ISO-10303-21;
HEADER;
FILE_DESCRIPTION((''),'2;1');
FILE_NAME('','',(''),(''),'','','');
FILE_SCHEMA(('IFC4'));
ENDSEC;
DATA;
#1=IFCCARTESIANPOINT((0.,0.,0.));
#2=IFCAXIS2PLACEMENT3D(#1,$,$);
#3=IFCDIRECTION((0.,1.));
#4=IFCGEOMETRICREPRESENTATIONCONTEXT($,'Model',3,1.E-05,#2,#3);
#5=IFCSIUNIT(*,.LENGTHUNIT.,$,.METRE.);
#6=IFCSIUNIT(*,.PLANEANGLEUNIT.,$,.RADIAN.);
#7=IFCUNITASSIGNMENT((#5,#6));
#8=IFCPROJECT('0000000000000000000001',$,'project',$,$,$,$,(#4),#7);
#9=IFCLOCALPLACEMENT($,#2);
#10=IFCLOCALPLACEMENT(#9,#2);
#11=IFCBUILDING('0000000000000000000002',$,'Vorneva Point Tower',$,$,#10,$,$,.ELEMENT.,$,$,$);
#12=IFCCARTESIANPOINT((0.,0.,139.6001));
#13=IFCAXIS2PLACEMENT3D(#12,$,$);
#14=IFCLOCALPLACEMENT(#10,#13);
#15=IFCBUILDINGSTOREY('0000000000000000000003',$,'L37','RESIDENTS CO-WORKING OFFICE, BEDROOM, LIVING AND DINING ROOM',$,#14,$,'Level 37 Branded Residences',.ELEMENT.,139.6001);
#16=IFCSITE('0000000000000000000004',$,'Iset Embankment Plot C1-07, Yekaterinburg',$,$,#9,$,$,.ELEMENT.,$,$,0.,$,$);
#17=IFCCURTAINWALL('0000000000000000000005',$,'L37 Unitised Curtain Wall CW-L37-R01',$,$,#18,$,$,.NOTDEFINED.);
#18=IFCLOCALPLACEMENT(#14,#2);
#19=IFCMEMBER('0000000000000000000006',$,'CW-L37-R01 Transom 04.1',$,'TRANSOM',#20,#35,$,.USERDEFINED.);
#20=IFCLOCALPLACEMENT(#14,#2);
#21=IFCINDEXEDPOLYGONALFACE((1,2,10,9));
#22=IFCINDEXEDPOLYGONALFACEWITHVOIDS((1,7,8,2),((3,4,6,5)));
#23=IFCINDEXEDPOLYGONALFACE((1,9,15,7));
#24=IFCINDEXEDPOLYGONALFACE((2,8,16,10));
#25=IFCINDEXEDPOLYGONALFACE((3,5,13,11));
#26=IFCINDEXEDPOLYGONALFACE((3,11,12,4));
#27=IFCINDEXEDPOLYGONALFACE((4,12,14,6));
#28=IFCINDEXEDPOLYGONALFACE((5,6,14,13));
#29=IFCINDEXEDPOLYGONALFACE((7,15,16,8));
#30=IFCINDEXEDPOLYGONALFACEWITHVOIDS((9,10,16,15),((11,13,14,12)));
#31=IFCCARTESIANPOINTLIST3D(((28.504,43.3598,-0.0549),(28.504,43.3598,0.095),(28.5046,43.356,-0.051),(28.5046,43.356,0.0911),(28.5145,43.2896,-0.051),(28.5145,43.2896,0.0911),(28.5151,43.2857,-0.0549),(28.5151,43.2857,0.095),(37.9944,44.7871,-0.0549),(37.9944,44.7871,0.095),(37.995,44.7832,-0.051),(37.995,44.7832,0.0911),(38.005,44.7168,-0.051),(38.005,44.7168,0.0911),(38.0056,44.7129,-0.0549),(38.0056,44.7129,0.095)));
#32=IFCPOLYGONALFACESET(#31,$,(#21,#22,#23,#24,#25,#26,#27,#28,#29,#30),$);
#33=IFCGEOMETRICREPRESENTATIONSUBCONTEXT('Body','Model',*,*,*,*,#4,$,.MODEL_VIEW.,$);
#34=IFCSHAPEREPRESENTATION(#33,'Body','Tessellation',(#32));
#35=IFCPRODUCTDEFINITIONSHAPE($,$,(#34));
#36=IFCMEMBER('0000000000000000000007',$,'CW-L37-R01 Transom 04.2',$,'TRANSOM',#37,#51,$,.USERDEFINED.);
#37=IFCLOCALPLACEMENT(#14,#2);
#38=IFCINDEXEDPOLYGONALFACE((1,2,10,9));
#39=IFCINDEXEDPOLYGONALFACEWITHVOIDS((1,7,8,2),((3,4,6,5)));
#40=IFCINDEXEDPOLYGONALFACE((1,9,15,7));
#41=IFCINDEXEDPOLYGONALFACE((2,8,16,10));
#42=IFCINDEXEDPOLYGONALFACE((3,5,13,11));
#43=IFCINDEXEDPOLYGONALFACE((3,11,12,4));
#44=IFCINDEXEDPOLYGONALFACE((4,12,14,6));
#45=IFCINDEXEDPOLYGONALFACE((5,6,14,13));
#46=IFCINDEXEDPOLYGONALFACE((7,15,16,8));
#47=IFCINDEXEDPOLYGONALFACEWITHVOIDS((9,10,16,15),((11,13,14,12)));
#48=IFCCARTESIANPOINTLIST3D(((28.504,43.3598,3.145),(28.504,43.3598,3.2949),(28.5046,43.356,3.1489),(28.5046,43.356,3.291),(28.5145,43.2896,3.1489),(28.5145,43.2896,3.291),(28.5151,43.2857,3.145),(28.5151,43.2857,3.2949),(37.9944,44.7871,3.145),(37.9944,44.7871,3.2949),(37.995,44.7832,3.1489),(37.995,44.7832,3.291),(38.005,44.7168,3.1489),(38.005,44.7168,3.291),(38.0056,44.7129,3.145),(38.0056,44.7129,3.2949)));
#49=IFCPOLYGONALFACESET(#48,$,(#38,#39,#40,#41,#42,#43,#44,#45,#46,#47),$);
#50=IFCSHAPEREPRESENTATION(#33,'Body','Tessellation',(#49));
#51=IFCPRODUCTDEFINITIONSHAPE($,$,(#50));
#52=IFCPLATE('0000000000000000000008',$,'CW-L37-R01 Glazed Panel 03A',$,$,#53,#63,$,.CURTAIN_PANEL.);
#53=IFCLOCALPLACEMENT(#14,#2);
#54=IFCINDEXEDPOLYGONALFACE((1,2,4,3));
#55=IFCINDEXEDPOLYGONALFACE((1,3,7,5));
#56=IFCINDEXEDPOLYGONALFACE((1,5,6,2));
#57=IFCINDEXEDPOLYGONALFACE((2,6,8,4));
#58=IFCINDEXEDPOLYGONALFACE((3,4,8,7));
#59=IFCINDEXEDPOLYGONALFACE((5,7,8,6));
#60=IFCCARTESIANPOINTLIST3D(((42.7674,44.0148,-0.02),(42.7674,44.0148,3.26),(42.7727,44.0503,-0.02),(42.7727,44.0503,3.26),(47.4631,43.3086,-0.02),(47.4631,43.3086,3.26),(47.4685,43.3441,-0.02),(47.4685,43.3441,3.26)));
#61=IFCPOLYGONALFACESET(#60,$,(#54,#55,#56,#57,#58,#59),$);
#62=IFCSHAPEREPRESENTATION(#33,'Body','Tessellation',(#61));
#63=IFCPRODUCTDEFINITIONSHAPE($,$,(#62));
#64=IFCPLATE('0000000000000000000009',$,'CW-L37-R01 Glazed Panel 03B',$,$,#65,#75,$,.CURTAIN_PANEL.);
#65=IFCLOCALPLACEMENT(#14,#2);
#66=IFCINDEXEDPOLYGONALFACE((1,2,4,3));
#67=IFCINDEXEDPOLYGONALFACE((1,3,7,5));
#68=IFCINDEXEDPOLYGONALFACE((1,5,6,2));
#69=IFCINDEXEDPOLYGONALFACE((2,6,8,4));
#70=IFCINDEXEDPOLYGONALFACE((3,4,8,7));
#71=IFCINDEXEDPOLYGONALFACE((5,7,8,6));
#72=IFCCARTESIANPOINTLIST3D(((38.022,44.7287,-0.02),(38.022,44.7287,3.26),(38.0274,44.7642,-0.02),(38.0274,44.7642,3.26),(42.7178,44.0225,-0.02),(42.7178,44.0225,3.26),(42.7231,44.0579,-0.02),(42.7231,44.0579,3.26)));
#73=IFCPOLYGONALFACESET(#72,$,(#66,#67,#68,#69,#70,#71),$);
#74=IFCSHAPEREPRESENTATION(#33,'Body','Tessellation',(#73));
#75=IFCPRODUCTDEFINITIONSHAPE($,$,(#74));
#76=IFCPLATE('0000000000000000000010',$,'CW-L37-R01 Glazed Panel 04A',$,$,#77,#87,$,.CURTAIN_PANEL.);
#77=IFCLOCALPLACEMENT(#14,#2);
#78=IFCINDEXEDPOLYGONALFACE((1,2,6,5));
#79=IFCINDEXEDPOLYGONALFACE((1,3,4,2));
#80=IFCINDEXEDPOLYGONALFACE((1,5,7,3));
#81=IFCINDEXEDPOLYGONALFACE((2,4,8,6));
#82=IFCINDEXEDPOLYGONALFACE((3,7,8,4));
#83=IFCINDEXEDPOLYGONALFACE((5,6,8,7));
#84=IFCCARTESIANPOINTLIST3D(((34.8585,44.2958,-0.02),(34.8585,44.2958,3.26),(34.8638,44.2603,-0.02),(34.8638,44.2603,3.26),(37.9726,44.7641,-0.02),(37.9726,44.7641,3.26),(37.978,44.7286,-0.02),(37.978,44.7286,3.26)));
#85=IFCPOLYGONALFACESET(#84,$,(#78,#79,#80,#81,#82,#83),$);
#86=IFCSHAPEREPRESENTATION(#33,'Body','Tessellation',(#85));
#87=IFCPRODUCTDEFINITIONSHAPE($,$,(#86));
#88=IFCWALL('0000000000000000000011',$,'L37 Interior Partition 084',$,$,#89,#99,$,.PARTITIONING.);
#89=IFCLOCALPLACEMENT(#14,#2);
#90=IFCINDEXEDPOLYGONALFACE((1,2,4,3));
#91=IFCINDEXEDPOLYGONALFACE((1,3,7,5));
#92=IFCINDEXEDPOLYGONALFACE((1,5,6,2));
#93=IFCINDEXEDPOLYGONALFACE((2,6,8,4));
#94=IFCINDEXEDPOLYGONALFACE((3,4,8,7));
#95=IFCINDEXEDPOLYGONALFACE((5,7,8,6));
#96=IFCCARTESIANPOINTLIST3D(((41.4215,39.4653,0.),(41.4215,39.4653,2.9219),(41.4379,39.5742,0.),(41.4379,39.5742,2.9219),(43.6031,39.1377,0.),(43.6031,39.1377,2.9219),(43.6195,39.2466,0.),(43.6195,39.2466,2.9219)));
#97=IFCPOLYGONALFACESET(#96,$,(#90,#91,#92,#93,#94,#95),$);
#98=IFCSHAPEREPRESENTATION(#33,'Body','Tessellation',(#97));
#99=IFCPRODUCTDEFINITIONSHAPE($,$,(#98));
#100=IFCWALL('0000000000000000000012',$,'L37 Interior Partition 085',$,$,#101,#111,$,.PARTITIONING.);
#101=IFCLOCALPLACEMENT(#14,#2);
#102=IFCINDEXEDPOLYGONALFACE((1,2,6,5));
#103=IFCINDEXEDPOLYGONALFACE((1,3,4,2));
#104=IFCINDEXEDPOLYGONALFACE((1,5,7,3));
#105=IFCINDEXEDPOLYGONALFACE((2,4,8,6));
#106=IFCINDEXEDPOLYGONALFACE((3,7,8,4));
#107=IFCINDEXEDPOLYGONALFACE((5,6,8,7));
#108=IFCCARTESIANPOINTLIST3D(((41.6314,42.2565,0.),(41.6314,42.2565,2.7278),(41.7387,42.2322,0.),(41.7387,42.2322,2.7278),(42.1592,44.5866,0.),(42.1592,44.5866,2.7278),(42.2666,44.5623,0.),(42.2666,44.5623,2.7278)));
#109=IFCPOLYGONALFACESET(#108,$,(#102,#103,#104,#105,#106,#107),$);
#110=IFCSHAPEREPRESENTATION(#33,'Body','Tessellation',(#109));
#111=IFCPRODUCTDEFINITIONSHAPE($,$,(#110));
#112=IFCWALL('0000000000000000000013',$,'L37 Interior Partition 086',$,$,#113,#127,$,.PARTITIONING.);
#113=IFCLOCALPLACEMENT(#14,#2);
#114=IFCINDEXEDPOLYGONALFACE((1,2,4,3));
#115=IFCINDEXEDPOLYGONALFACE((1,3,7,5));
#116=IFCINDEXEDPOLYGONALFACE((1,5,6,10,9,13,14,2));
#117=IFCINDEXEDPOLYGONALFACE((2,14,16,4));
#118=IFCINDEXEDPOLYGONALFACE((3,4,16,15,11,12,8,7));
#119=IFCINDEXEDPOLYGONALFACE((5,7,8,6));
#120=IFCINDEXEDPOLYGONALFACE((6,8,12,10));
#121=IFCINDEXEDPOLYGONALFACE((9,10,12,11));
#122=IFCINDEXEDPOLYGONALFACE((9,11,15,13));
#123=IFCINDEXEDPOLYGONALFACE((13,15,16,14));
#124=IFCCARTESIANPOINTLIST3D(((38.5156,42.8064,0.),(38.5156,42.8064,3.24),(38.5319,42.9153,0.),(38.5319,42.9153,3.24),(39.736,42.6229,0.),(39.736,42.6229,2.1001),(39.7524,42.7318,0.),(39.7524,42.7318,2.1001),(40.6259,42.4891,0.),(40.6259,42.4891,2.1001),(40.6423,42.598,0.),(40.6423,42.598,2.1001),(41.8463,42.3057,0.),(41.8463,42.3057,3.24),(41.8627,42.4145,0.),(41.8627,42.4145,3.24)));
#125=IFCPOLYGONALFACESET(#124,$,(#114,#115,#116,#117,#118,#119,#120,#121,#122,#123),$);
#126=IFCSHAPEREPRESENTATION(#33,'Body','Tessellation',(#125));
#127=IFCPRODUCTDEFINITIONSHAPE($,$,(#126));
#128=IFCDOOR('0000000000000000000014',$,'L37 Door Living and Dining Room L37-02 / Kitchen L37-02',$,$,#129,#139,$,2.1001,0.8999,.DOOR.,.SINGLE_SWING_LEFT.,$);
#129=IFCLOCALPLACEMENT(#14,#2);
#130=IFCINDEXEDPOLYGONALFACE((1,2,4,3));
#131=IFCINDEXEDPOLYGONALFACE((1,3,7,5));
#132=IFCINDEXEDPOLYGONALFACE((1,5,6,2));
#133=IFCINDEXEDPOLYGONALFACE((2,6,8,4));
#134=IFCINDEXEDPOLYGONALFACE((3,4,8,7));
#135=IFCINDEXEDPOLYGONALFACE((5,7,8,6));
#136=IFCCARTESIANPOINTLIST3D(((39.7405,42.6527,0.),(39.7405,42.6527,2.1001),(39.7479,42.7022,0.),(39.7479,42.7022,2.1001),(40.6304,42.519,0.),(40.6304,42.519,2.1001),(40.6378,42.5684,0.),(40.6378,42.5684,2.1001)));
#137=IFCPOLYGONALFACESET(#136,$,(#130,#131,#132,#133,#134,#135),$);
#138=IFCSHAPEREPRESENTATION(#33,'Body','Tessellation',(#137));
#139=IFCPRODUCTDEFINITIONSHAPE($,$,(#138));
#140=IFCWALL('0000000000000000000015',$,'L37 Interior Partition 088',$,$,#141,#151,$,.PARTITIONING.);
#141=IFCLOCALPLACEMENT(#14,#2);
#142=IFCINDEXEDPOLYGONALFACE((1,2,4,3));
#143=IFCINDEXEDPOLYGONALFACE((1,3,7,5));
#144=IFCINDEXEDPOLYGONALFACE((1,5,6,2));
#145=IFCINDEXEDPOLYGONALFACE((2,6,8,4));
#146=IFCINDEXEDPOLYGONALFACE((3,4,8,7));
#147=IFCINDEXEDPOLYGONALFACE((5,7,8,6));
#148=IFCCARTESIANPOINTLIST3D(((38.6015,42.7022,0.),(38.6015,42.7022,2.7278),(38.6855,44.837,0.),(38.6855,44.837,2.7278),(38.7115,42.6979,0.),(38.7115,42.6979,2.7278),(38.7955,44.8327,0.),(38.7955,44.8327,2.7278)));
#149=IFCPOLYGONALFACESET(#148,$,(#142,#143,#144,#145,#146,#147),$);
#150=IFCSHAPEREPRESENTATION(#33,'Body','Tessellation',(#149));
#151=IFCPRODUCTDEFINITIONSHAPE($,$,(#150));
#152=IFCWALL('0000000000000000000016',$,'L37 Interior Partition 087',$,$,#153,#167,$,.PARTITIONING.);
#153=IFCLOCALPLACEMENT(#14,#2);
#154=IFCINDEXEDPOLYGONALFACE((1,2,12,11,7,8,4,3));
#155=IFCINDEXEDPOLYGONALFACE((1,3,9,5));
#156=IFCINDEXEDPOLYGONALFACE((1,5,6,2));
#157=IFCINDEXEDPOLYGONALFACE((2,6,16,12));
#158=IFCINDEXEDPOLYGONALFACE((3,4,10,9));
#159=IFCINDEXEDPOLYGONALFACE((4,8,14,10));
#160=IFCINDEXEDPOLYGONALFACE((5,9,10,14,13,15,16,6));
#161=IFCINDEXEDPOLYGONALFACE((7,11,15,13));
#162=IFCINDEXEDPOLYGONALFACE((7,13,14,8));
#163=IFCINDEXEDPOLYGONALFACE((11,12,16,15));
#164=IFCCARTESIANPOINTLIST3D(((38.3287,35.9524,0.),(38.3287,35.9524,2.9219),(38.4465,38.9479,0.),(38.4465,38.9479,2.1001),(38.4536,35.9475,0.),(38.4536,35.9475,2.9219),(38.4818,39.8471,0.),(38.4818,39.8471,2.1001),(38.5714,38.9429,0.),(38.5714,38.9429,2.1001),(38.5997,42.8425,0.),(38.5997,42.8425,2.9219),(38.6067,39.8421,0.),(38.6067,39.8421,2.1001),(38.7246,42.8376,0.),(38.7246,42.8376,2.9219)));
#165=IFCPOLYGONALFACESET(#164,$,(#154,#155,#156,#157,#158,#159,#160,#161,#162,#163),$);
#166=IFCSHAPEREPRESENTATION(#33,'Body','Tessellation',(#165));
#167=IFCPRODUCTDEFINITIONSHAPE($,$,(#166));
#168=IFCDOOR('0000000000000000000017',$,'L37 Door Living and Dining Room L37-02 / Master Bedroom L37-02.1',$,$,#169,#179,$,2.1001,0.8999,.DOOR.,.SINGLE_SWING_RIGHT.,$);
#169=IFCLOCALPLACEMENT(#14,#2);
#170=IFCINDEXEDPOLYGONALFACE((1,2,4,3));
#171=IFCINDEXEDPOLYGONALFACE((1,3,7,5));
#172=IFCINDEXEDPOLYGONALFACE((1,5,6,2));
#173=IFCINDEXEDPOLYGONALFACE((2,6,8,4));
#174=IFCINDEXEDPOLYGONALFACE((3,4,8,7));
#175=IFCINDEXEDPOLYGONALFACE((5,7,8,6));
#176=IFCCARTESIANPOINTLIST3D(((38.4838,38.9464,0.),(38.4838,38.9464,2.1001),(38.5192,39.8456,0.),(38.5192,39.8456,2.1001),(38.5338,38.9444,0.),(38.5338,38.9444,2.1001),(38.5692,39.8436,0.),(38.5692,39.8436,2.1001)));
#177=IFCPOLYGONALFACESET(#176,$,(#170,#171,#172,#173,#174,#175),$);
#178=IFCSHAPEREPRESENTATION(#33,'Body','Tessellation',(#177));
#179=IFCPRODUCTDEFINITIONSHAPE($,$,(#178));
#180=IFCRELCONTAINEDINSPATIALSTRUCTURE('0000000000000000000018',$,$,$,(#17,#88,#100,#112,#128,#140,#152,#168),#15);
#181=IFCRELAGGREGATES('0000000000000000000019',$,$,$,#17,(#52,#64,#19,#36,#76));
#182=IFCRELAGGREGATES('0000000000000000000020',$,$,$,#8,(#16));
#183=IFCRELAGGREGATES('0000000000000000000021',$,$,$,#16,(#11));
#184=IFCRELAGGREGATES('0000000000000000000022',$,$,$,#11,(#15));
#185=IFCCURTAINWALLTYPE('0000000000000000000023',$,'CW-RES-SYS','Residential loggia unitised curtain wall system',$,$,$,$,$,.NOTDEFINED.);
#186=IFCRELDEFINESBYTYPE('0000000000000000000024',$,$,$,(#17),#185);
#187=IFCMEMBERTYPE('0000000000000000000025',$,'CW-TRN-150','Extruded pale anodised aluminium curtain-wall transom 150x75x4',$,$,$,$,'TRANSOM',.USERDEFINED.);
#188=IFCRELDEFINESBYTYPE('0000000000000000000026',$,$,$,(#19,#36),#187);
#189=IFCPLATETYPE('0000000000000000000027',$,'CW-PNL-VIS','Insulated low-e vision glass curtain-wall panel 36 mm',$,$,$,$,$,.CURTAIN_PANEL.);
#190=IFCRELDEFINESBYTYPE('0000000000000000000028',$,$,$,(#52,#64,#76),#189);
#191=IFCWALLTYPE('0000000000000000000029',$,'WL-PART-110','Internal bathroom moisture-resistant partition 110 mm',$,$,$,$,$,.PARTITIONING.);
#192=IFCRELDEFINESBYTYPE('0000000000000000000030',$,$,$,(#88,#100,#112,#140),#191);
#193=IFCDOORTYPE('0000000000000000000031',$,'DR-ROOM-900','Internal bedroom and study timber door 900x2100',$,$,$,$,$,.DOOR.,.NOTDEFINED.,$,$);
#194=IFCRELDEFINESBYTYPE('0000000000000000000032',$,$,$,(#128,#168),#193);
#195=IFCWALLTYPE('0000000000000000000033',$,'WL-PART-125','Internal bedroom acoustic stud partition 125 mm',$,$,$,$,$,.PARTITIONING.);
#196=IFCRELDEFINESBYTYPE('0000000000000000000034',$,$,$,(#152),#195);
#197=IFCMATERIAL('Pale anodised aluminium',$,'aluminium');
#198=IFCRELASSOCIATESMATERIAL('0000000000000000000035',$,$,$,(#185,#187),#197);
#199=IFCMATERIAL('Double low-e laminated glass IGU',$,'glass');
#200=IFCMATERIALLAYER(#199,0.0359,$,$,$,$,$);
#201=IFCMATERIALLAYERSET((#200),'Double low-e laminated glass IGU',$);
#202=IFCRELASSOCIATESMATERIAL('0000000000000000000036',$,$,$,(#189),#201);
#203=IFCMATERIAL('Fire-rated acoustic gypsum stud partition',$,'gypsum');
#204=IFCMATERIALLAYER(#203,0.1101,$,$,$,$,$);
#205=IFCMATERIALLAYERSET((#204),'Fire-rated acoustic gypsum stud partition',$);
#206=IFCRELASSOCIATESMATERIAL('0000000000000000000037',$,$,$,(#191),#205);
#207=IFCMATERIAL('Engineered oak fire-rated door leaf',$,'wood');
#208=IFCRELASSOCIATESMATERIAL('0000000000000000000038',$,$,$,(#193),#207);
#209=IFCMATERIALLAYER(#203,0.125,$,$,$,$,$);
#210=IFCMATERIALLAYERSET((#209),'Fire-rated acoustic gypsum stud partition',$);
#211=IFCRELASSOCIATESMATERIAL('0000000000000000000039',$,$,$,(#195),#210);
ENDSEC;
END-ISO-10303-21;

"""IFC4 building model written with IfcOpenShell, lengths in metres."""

from ifc_helpers import new_model, si_unit, direction, frame, frame_2d, origin, origin_2d, place, context, subcontext, project, spatial, rectangle, hollow_rectangle, extrude, material, layer, layer_set, material_profile, profile_set, type_object, element, fill, aggregate, save


model = new_model("IFC4")

# Units and contexts
model_context = context("Model", 3, precision=1e-05, world=origin(), true_north=direction((0.0, 1.0)))
body_context = subcontext(model_context, "Body", "Model", "MODEL_VIEW")
ifc_project = project(units=[si_unit("LENGTHUNIT", "METRE"), si_unit("PLANEANGLEUNIT", "RADIAN")], contexts=[model_context])

# Site, building, storey
site_placement = place(None, origin())
site = spatial("IfcSite", under=ifc_project, at=site_placement, Name="Iset Embankment Plot C1-07, Yekaterinburg", CompositionType="ELEMENT", RefElevation=0.0)
building_placement = place(site_placement, origin())
building = spatial("IfcBuilding", under=site, at=building_placement, Name="Vorneva Point Tower", CompositionType="ELEMENT")
storey_placement = place(building_placement, frame((0.0, 0.0, 139.6001)))
storey = spatial("IfcBuildingStorey", under=building, at=storey_placement, Name="L37", Description="RESIDENTS CO-WORKING OFFICE, BEDROOM, LIVING AND DINING ROOM", LongName="Level 37 Branded Residences", CompositionType="ELEMENT", Elevation=139.6001)

# Curtain wall, members, plates
ifc_material_1 = material(Name="Pale anodised aluminium", Category="aluminium")
curtain_wall_type = type_object("IfcCurtainWallType", Name="CW-RES-SYS", Description="Residential loggia unitised curtain wall system", PredefinedType="NOTDEFINED", material=ifc_material_1)
curtain_wall_placement = place(storey_placement, origin())
curtain_wall = element("IfcCurtainWall", 1, at=curtain_wall_placement, inside=storey, type_object=curtain_wall_type, Name="L37 Unitised Curtain Wall CW-L37-R01", PredefinedType="NOTDEFINED")
ifc_material_profile_1 = material_profile(ifc_material_1, hollow_rectangle(XDim=0.075, YDim=0.1499, WallThickness=0.0039, at=origin_2d()), Name="AL-TRN 150x75x4")
ifc_profile_set_1 = profile_set([ifc_material_profile_1], Name="Pale anodised aluminium")
member_type_1 = type_object("IfcMemberType", Name="CW-TRN-150", Description="Extruded pale anodised aluminium curtain-wall transom 150x75x4", ElementType="TRANSOM", PredefinedType="USERDEFINED", material=ifc_profile_set_1)
member_1_placement = place(storey_placement, frame((38.0, 44.75, 0.02), z_axis=(-0.98888, -0.148715, 0.0), x_axis=(0.148715, -0.98888, 0.0)))
member_1 = element("IfcMember", 2, at=member_1_placement, type_object=member_type_1, Name="CW-L37-R01 Transom 04.1", ObjectType="TRANSOM", PredefinedType="USERDEFINED", context=body_context, shape_type="SweptSolid", body=[
    extrude(hollow_rectangle(XDim=0.075, YDim=0.1499, WallThickness=0.0039, at=origin_2d()), origin(), (0.0, 0.0, 1.0), 9.5972),
])
member_2_placement = place(storey_placement, frame((38.0, 44.75, 3.22), z_axis=(-0.98888, -0.148715, 0.0), x_axis=(0.148715, -0.98888, 0.0)))
member_2 = element("IfcMember", 3, at=member_2_placement, type_object=member_type_1, Name="CW-L37-R01 Transom 04.2", ObjectType="TRANSOM", PredefinedType="USERDEFINED", context=body_context, shape_type="SweptSolid", body=[
    extrude(hollow_rectangle(XDim=0.075, YDim=0.1499, WallThickness=0.0039, at=origin_2d()), origin(), (0.0, 0.0, 1.0), 9.5972),
])
ifc_material_2 = material(Name="Double low-e laminated glass IGU", Category="glass")
ifc_layer_1 = layer(ifc_material_2, 0.0359)
ifc_layer_set_1 = layer_set([ifc_layer_1], Name="Double low-e laminated glass IGU")
plate_type = type_object("IfcPlateType", Name="CW-PNL-VIS", Description="Insulated low-e vision glass curtain-wall panel 36 mm", PredefinedType="CURTAIN_PANEL", material=ifc_layer_set_1)
plate_1_placement = place(storey_placement, frame((45.1179, 43.6794, -0.02), z_axis=(0.0, 0.0, 1.0), x_axis=(-0.988879, 0.148724, 0.0)))
plate_1 = element("IfcPlate", 4, at=plate_1_placement, type_object=plate_type, Name="CW-L37-R01 Glazed Panel 03A", PredefinedType="CURTAIN_PANEL", context=body_context, shape_type="SweptSolid", body=[
    extrude(rectangle(XDim=4.7485, YDim=0.0359, at=origin_2d()), origin(), (0.0, 0.0, 1.0), 3.28),
])
plate_2_placement = place(storey_placement, frame((40.3726, 44.3933, -0.02), z_axis=(0.0, 0.0, 1.0), x_axis=(-0.988879, 0.148724, 0.0)))
plate_2 = element("IfcPlate", 5, at=plate_2_placement, type_object=plate_type, Name="CW-L37-R01 Glazed Panel 03B", PredefinedType="CURTAIN_PANEL", context=body_context, shape_type="SweptSolid", body=[
    extrude(rectangle(XDim=4.7485, YDim=0.0359, at=origin_2d()), origin(), (0.0, 0.0, 1.0), 3.28),
])
plate_3_placement = place(storey_placement, frame((36.4182, 44.5122, -0.02), z_axis=(0.0, 0.0, 1.0), x_axis=(-0.988879, -0.148724, 0.0)))
plate_3 = element("IfcPlate", 6, at=plate_3_placement, type_object=plate_type, Name="CW-L37-R01 Glazed Panel 04A", PredefinedType="CURTAIN_PANEL", context=body_context, shape_type="SweptSolid", body=[
    extrude(rectangle(XDim=3.1492, YDim=0.0359, at=origin_2d()), origin(), (0.0, 0.0, 1.0), 3.28),
])
aggregate(curtain_wall, [plate_1, plate_2, member_1, member_2, plate_3])

# Walls
ifc_material_3 = material(Name="Fire-rated acoustic gypsum stud partition", Category="gypsum")
ifc_layer_2 = layer(ifc_material_3, 0.1101)
ifc_layer_set_2 = layer_set([ifc_layer_2], Name="Fire-rated acoustic gypsum stud partition")
wall_type_1 = type_object("IfcWallType", Name="WL-PART-110", Description="Internal bathroom moisture-resistant partition 110 mm", PredefinedType="PARTITIONING", material=ifc_layer_set_2)
wall_1_placement = place(storey_placement, frame((41.4297, 39.5198, 0.0), z_axis=(0.0, 0.0, 1.0), x_axis=(0.98891, -0.148514, 0.0)))
element("IfcWall", 7, at=wall_1_placement, inside=storey, type_object=wall_type_1, Name="L37 Interior Partition 084", PredefinedType="PARTITIONING", context=body_context, shape_type="SweptSolid", body=[
    extrude(rectangle(XDim=2.2061, YDim=0.1101, at=frame_2d((1.103, 0.0))), origin(), (0.0, 0.0, 1.0), 2.9219),
])
wall_2_placement = place(storey_placement, frame((42.2129, 44.5745, 0.0), z_axis=(0.0, 0.0, 1.0), x_axis=(-0.220932, -0.975289, 0.0)))
element("IfcWall", 8, at=wall_2_placement, inside=storey, type_object=wall_type_1, Name="L37 Interior Partition 085", PredefinedType="PARTITIONING", context=body_context, shape_type="SweptSolid", body=[
    extrude(rectangle(XDim=2.3892, YDim=0.1101, at=frame_2d((1.1946, 0.0))), origin(), (0.0, 0.0, 1.0), 2.7278),
])

# Wall, opening, door
wall_3_placement = place(storey_placement, frame((41.8545, 42.3601, 0.0), z_axis=(0.0, 0.0, 1.0), x_axis=(-0.988888, 0.148663, 0.0)))
wall_3 = element("IfcWall", 9, at=wall_3_placement, inside=storey, type_object=wall_type_1, Name="L37 Interior Partition 086", PredefinedType="PARTITIONING", context=body_context, shape_type="SweptSolid", body=[
    extrude(rectangle(XDim=3.3682, YDim=0.1101, at=frame_2d((1.6841, 0.0))), origin(), (0.0, 0.0, 1.0), 3.24),
])
opening_1_placement = place(wall_3_placement, frame((1.2341, 0.0, 0.0)))
opening_1 = element("IfcOpeningElement", 10, at=opening_1_placement, cuts=wall_3, PredefinedType="OPENING", context=body_context, shape_type="SweptSolid", body=[
    extrude(rectangle(XDim=0.8999, YDim=2.1001, at=frame_2d((0.45, 1.05))), frame((0.0, 0.0698, 0.0), z_axis=(0.0, -1.0, 0.0), x_axis=(1.0, 0.0, 0.0)), (0.0, 0.0, 1.0), 0.1399),
])
ifc_material_4 = material(Name="Engineered oak fire-rated door leaf", Category="wood")
door_type_1 = type_object("IfcDoorType", Name="DR-ROOM-900", Description="Internal bedroom and study timber door 900x2100", OperationType="NOTDEFINED", PredefinedType="DOOR", material=ifc_material_4)
door_1_placement = place(opening_1_placement, origin())
door_1 = element("IfcDoor", 11, at=door_1_placement, inside=storey, type_object=door_type_1, Name="L37 Door Living and Dining Room L37-02 / Kitchen L37-02", OperationType="SINGLE_SWING_LEFT", OverallHeight=2.1001, OverallWidth=0.8999, PredefinedType="DOOR", context=body_context, shape_type="SweptSolid", body=[
    extrude(rectangle(XDim=0.8999, YDim=2.1001, at=frame_2d((0.45, 1.05))), frame((0.0, 0.0249, 0.0), z_axis=(0.0, -1.0, 0.0), x_axis=(1.0, 0.0, 0.0)), (0.0, 0.0, 1.0), 0.05),
])
fill(opening_1, door_1)

# Wall
wall_4_placement = place(storey_placement, frame((38.7405, 44.835, 0.0), z_axis=(0.0, 0.0, 1.0), x_axis=(-0.039311, -0.999227, 0.0)))
element("IfcWall", 12, at=wall_4_placement, inside=storey, type_object=wall_type_1, Name="L37 Interior Partition 088", PredefinedType="PARTITIONING", context=body_context, shape_type="SweptSolid", body=[
    extrude(rectangle(XDim=2.1365, YDim=0.1101, at=frame_2d((1.0684, 0.0))), origin(), (0.0, 0.0, 1.0), 2.7278),
])

# Wall, opening, door
ifc_layer_3 = layer(ifc_material_3, 0.125)
ifc_layer_set_3 = layer_set([ifc_layer_3], Name="Fire-rated acoustic gypsum stud partition")
wall_type_2 = type_object("IfcWallType", Name="WL-PART-125", Description="Internal bedroom acoustic stud partition 125 mm", PredefinedType="PARTITIONING", material=ifc_layer_set_3)
wall_5_placement = place(storey_placement, frame((38.6621, 42.8401, 0.0), z_axis=(0.0, 0.0, 1.0), x_axis=(-0.039301, -0.999227, 0.0)))
wall_5 = element("IfcWall", 13, at=wall_5_placement, inside=storey, type_object=wall_type_2, Name="L37 Interior Partition 087", PredefinedType="PARTITIONING", context=body_context, shape_type="SweptSolid", body=[
    extrude(rectangle(XDim=6.8955, YDim=0.125, at=frame_2d((3.4478, 0.0))), origin(), (0.0, 0.0, 1.0), 2.9219),
])
opening_2_placement = place(wall_5_placement, frame((2.9978, 0.0, 0.0)))
opening_2 = element("IfcOpeningElement", 14, at=opening_2_placement, cuts=wall_5, PredefinedType="OPENING", context=body_context, shape_type="SweptSolid", body=[
    extrude(rectangle(XDim=0.8999, YDim=2.1001, at=frame_2d((0.45, 1.05))), frame((0.0, 0.0774, 0.0), z_axis=(0.0, -1.0, 0.0), x_axis=(1.0, 0.0, 0.0)), (0.0, 0.0, 1.0), 0.1548),
])
door_2_placement = place(opening_2_placement, origin())
door_2 = element("IfcDoor", 15, at=door_2_placement, inside=storey, type_object=door_type_1, Name="L37 Door Living and Dining Room L37-02 / Master Bedroom L37-02.1", OperationType="SINGLE_SWING_RIGHT", OverallHeight=2.1001, OverallWidth=0.8999, PredefinedType="DOOR", context=body_context, shape_type="SweptSolid", body=[
    extrude(rectangle(XDim=0.8999, YDim=2.1001, at=frame_2d((0.45, 1.05))), frame((0.0, 0.0249, 0.0), z_axis=(0.0, -1.0, 0.0), x_axis=(1.0, 0.0, 0.0)), (0.0, 0.0, 1.0), 0.05),
])
fill(opening_2, door_2)

save(model, "model.ifc")
